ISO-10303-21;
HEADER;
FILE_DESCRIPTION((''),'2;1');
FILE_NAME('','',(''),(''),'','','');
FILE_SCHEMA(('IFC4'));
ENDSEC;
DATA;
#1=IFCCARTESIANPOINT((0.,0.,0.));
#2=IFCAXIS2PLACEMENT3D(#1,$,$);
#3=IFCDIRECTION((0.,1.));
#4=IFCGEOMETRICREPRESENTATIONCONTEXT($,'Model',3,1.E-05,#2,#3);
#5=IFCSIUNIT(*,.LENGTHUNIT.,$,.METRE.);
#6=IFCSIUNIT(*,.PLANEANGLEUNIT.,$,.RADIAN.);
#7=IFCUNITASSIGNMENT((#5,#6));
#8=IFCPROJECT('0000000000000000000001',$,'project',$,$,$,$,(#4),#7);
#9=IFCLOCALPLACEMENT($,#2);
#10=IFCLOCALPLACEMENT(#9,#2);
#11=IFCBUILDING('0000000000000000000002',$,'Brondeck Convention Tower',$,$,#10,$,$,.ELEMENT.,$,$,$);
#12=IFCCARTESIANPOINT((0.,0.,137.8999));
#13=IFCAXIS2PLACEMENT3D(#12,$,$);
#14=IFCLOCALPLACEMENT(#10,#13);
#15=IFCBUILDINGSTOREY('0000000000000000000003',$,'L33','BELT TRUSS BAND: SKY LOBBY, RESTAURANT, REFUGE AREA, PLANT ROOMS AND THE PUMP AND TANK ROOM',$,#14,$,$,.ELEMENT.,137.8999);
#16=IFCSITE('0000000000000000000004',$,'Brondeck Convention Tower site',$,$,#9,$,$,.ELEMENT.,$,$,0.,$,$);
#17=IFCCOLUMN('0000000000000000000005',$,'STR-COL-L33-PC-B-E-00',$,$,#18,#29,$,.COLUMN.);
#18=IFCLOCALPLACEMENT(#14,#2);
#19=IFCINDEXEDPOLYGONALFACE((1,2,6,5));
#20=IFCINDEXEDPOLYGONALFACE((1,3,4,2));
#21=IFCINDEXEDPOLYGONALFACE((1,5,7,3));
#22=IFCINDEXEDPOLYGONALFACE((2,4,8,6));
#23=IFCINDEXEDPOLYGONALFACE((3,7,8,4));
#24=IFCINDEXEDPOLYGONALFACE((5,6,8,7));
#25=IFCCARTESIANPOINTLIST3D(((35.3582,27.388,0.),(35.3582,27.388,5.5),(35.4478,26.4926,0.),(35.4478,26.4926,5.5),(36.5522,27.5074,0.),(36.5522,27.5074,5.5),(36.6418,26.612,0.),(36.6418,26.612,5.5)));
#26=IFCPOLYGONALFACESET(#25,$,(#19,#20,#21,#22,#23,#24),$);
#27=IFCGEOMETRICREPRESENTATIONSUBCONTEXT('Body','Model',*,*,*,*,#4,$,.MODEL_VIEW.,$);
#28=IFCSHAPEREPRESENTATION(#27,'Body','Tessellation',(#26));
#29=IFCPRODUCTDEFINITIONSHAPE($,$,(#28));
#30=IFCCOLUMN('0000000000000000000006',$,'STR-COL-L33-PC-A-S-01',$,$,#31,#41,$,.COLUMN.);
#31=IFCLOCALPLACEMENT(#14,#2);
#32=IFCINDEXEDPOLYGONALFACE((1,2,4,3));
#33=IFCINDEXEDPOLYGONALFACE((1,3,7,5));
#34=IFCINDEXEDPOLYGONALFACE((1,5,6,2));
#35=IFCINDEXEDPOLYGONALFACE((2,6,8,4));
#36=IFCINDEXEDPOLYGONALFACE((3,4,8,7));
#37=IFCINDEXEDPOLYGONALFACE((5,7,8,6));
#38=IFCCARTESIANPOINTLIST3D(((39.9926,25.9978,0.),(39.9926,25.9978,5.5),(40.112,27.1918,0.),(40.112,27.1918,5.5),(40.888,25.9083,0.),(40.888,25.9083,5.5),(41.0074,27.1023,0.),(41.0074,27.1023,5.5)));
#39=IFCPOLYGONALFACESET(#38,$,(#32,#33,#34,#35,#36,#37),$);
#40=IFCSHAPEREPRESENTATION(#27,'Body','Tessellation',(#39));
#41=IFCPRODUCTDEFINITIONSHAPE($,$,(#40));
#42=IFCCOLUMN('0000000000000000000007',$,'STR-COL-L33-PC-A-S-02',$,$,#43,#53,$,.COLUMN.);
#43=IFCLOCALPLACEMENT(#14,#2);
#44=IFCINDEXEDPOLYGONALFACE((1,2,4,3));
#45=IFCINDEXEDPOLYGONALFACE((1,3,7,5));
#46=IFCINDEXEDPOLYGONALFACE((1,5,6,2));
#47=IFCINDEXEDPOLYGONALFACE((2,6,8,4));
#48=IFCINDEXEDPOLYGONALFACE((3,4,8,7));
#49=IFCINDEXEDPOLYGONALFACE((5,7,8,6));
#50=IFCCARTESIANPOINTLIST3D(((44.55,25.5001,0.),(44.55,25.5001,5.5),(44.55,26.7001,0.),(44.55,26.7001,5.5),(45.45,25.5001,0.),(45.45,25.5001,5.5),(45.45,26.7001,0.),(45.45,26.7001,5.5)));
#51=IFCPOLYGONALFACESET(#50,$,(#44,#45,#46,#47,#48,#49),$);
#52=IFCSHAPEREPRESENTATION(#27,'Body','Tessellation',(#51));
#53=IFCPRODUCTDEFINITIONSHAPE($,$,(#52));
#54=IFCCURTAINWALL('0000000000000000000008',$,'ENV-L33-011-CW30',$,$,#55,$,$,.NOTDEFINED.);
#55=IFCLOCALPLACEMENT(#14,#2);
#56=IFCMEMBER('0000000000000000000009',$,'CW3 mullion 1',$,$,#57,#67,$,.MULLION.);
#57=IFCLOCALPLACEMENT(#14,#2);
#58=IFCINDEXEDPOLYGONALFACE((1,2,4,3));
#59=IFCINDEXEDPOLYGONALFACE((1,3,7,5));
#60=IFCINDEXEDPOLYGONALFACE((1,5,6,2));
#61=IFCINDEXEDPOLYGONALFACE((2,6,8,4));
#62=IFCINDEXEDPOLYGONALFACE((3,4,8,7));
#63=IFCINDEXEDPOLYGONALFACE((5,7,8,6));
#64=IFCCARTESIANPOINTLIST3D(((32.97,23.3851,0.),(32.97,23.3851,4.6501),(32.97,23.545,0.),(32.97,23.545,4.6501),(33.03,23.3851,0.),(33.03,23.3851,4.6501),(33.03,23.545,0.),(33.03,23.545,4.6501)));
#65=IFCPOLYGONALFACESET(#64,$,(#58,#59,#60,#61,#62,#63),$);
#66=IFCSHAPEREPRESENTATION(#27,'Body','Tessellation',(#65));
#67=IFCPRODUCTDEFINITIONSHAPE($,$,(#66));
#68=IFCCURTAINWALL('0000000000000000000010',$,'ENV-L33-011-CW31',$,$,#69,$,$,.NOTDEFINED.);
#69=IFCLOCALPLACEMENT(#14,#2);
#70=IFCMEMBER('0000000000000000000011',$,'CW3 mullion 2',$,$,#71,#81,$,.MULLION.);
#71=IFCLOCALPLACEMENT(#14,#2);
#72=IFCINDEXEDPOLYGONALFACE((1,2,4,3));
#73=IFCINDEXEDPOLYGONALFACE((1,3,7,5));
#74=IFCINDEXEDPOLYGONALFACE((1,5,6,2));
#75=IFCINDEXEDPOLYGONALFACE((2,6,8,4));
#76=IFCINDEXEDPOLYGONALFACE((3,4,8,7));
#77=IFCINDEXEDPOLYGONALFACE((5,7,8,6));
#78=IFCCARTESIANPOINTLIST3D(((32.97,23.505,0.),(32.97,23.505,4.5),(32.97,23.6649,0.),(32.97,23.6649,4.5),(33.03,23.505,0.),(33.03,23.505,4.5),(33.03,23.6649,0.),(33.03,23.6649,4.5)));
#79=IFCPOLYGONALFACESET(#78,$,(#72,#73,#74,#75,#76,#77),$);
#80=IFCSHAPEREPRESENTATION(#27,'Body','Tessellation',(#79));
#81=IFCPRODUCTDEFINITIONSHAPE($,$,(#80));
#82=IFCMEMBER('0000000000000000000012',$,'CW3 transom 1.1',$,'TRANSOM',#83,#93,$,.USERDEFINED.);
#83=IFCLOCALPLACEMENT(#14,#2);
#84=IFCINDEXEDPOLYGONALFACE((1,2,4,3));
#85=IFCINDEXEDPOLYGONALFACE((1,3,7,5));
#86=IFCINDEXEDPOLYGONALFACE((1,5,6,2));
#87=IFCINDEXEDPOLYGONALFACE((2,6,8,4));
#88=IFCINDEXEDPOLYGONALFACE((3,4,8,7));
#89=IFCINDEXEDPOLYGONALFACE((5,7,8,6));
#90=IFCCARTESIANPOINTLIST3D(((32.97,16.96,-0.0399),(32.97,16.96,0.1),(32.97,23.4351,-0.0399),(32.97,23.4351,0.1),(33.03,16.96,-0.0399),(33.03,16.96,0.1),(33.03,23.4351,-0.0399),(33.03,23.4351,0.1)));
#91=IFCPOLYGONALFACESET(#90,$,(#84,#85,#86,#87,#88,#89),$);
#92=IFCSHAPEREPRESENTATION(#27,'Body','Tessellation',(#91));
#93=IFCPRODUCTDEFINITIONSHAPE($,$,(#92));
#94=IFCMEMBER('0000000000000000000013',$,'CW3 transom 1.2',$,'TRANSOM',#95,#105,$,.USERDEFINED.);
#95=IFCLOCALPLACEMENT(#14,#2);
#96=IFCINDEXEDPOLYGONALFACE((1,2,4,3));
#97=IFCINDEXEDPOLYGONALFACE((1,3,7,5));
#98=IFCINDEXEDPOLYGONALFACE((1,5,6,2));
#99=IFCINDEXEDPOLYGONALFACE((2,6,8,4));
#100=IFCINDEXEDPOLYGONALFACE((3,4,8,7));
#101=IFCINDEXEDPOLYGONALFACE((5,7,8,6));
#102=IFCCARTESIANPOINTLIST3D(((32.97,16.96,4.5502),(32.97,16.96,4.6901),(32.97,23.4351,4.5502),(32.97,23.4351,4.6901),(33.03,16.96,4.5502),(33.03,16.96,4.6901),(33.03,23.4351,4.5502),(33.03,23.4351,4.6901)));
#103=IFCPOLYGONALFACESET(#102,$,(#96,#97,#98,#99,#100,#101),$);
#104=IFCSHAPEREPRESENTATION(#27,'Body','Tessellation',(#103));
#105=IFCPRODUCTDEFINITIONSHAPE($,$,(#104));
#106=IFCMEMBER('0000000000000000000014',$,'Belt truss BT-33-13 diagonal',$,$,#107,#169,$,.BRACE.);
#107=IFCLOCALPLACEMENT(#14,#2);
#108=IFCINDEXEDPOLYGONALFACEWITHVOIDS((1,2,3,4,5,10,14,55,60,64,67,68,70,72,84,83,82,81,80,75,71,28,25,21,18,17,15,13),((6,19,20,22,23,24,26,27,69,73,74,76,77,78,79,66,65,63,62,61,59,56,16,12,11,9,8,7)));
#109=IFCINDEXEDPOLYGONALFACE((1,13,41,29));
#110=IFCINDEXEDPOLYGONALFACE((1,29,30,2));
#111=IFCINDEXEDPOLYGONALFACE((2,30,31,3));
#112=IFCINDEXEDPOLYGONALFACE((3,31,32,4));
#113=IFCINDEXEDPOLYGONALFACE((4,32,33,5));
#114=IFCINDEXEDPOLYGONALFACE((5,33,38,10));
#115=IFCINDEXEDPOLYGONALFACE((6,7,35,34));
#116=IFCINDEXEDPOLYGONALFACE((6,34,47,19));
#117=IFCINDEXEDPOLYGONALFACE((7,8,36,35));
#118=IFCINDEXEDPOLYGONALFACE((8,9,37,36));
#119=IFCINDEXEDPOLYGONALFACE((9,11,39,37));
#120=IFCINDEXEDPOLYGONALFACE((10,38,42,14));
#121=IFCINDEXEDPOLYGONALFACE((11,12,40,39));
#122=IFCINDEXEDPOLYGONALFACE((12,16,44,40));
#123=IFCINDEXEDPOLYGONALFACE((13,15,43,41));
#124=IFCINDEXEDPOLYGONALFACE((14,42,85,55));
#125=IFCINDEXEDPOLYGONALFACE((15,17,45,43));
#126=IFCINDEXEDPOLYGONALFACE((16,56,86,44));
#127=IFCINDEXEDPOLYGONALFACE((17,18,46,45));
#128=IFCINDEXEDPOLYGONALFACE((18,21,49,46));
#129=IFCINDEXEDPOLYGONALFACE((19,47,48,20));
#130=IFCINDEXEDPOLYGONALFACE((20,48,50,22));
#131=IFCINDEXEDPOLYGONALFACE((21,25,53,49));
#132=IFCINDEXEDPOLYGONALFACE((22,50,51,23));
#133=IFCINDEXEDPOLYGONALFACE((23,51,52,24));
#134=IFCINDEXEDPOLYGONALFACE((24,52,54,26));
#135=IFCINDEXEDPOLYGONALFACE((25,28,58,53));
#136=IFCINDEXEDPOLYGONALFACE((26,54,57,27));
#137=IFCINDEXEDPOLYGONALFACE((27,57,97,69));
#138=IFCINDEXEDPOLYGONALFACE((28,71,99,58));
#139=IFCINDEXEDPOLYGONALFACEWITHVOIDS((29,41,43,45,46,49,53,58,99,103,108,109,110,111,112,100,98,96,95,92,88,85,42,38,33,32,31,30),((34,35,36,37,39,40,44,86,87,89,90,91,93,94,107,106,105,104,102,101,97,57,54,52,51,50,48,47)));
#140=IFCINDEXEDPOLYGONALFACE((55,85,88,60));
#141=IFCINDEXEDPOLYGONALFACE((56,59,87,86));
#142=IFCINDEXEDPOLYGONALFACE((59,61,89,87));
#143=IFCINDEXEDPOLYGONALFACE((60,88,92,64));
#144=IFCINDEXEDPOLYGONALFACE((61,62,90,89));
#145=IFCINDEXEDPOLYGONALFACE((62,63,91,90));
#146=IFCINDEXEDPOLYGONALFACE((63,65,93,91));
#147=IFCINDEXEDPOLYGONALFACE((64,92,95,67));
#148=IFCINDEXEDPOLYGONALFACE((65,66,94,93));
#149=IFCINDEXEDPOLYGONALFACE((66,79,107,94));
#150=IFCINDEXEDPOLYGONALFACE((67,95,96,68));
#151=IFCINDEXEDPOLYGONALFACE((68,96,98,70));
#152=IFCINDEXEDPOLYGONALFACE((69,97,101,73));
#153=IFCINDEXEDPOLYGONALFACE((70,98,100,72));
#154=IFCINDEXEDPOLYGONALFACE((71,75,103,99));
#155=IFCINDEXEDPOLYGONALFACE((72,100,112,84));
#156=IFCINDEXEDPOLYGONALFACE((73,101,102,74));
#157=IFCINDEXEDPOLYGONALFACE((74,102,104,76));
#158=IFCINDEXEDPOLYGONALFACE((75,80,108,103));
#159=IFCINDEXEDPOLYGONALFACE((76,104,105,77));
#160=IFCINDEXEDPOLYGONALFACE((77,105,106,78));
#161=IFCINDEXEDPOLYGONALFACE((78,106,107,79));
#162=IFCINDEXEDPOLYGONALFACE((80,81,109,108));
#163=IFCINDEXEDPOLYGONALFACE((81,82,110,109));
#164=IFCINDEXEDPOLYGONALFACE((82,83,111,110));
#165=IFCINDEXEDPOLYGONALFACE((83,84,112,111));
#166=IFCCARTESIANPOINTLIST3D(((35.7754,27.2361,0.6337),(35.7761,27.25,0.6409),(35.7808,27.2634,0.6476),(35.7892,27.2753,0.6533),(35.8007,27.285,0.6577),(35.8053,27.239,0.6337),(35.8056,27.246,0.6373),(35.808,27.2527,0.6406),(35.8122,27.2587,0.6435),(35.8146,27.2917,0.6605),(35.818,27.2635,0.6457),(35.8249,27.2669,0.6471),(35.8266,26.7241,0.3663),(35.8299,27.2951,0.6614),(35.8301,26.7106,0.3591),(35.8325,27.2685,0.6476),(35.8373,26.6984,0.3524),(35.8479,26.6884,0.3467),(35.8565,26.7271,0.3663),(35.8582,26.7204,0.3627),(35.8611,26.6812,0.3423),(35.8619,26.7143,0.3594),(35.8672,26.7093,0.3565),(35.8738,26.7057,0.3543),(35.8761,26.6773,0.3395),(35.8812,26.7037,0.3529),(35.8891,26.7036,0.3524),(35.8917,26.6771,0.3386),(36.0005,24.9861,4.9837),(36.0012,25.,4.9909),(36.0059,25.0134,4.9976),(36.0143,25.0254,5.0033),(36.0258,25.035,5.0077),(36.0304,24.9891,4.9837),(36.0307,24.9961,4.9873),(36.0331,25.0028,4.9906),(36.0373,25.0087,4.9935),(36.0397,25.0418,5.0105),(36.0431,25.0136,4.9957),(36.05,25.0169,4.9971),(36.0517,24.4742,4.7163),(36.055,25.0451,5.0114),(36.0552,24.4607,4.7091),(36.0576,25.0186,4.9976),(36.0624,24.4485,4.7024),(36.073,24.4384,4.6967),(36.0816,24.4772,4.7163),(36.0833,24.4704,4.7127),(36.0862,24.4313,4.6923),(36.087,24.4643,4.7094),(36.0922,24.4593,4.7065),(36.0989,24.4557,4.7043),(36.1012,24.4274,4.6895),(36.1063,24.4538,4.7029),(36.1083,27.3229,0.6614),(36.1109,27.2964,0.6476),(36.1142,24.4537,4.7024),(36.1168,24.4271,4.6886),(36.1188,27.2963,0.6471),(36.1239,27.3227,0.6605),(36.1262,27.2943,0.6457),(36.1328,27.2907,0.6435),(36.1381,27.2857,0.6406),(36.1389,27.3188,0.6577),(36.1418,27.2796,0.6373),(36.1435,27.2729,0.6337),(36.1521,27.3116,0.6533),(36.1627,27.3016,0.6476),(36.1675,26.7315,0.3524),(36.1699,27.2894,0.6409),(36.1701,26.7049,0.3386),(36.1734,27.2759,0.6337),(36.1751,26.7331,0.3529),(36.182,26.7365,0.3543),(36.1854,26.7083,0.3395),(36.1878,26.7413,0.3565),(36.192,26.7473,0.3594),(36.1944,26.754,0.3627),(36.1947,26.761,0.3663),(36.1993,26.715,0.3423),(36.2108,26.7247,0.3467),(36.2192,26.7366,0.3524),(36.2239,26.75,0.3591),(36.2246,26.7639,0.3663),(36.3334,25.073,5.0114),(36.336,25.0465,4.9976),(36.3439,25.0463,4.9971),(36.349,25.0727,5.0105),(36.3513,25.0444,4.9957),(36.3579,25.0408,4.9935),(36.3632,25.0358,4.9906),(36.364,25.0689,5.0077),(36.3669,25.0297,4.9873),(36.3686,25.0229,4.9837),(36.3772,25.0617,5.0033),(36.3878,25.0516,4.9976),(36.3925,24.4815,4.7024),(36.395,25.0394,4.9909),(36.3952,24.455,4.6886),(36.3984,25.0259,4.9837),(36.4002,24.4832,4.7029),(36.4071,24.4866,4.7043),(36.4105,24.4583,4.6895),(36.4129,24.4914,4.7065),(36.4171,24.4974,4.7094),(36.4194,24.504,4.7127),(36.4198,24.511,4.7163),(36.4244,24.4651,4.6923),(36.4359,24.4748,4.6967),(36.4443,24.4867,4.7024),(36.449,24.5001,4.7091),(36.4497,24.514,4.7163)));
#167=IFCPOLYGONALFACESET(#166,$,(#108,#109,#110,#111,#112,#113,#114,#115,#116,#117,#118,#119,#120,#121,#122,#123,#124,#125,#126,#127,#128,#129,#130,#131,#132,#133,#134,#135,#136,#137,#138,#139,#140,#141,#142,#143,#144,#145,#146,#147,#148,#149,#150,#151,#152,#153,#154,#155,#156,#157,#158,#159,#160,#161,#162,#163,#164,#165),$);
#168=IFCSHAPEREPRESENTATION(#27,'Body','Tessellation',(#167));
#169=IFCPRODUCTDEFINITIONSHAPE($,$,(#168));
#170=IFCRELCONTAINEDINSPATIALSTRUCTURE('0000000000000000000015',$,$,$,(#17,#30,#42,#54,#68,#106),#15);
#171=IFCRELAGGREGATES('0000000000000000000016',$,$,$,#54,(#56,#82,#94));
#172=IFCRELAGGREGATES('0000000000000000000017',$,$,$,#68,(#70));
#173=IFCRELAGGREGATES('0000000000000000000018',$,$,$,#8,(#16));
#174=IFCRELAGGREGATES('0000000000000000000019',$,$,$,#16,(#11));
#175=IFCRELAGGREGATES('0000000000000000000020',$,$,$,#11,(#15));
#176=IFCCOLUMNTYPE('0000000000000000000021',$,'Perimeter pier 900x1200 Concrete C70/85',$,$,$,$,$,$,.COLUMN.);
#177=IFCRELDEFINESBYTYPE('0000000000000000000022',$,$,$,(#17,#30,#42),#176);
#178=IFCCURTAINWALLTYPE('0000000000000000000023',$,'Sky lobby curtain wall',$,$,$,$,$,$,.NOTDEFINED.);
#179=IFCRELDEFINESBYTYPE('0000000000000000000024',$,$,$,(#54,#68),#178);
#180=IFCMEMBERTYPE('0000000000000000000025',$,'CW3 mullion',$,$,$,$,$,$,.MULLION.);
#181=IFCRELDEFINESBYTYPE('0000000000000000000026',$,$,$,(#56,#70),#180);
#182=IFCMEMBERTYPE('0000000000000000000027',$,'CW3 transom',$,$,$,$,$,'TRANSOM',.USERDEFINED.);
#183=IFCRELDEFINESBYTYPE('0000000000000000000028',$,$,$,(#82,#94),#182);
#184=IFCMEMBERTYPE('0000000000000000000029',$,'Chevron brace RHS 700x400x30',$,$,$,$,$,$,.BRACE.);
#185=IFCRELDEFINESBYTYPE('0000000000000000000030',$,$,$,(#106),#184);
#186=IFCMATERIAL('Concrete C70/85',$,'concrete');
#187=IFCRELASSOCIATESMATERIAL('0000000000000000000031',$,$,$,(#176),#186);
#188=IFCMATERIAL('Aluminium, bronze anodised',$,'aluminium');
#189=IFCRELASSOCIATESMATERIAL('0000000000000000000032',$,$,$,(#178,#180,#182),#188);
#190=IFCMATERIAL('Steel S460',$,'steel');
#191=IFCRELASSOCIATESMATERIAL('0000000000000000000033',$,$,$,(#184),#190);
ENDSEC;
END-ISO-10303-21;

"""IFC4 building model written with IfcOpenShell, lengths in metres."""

from ifc_helpers import new_model, si_unit, direction, frame, origin, origin_2d, place, context, subcontext, project, spatial, rectangle, hollow_rectangle, extrude, material, material_profile, profile_set, type_object, element, aggregate, save


model = new_model("IFC4")

# Units and contexts
model_context = context("Model", 3, precision=1e-05, world=origin(), true_north=direction((0.0, 1.0)))
body_context = subcontext(model_context, "Body", "Model", "MODEL_VIEW")
ifc_project = project(units=[si_unit("LENGTHUNIT", "METRE"), si_unit("PLANEANGLEUNIT", "RADIAN")], contexts=[model_context])

# Site, building, storey
site_placement = place(None, origin())
site = spatial("IfcSite", under=ifc_project, at=site_placement, Name="Brondeck Convention Tower site", CompositionType="ELEMENT", RefElevation=0.0)
building_placement = place(site_placement, origin())
building = spatial("IfcBuilding", under=site, at=building_placement, Name="Brondeck Convention Tower", CompositionType="ELEMENT")
storey_placement = place(building_placement, frame((0.0, 0.0, 137.8999)))
storey = spatial("IfcBuildingStorey", under=building, at=storey_placement, Name="L33", Description="BELT TRUSS BAND: SKY LOBBY, RESTAURANT, REFUGE AREA, PLANT ROOMS AND THE PUMP AND TANK ROOM", CompositionType="ELEMENT", Elevation=137.8999)

# Columns
ifc_material_1 = material(Name="Concrete C70/85", Category="concrete")
ifc_material_profile_1 = material_profile(ifc_material_1, rectangle(XDim=0.8999, YDim=1.2, at=origin_2d()), Name="Perimeter pier 900x1200 Concrete C70/85")
ifc_profile_set_1 = profile_set([ifc_material_profile_1], Name="Concrete C70/85")
column_type = type_object("IfcColumnType", Name="Perimeter pier 900x1200 Concrete C70/85", PredefinedType="COLUMN", material=ifc_profile_set_1)
for number, where, z_axis, x_axis, name in (
    (1, (36.0, 27.0, 0.0), (0.0, 0.0, 1.0), (-0.099504, 0.995037, 0.0), "STR-COL-L33-PC-B-E-00"),
    (2, (40.5, 26.55, 0.0), (0.0, 0.0, 1.0), (0.995037, -0.099504, 0.0), "STR-COL-L33-PC-A-S-01"),
    (3, (45.0, 26.1001, 0.0), (0.0, 0.0, 1.0), (1.0, 0.0, 0.0), "STR-COL-L33-PC-A-S-02"),
):
    element("IfcColumn", number, at=place(storey_placement, frame(where, z_axis=z_axis, x_axis=x_axis)), inside=storey, type_object=column_type, Name=name, PredefinedType="COLUMN", context=body_context, shape_type="SweptSolid", body=[
        extrude(rectangle(XDim=0.8999, YDim=1.2, at=origin_2d()), origin(), (0.0, 0.0, 1.0), 5.5),
    ])

# Curtain walls, members
ifc_material_2 = material(Name="Aluminium, bronze anodised", Category="aluminium")
curtain_wall_type = type_object("IfcCurtainWallType", Name="Sky lobby curtain wall", PredefinedType="NOTDEFINED", material=ifc_material_2)
curtain_wall_1_placement = place(storey_placement, origin())
curtain_wall_1 = element("IfcCurtainWall", 4, at=curtain_wall_1_placement, inside=storey, type_object=curtain_wall_type, Name="ENV-L33-011-CW30", PredefinedType="NOTDEFINED")
ifc_material_profile_2 = material_profile(ifc_material_2, rectangle(XDim=0.0601, YDim=0.1599, at=origin_2d()), Name="CW3 mullion")
ifc_profile_set_2 = profile_set([ifc_material_profile_2], Name="Aluminium, bronze anodised")
member_type_1 = type_object("IfcMemberType", Name="CW3 mullion", PredefinedType="MULLION", material=ifc_profile_set_2)
member_1_placement = place(storey_placement, frame((33.0, 23.4651, 0.0), z_axis=(0.0, 0.0, 1.0), x_axis=(1.0, 0.0, 0.0)))
member_1 = element("IfcMember", 5, at=member_1_placement, type_object=member_type_1, Name="CW3 mullion 1", PredefinedType="MULLION", context=body_context, shape_type="SweptSolid", body=[
    extrude(rectangle(XDim=0.0601, YDim=0.1599, at=origin_2d()), origin(), (0.0, 0.0, 1.0), 4.6501),
])
curtain_wall_2_placement = place(storey_placement, origin())
curtain_wall_2 = element("IfcCurtainWall", 6, at=curtain_wall_2_placement, inside=storey, type_object=curtain_wall_type, Name="ENV-L33-011-CW31", PredefinedType="NOTDEFINED")
member_2_placement = place(storey_placement, frame((33.0, 23.585, 0.0), z_axis=(0.0, 0.0, 1.0), x_axis=(1.0, 0.0, 0.0)))
member_2 = element("IfcMember", 7, at=member_2_placement, type_object=member_type_1, Name="CW3 mullion 2", PredefinedType="MULLION", context=body_context, shape_type="SweptSolid", body=[
    extrude(rectangle(XDim=0.0601, YDim=0.1599, at=origin_2d()), origin(), (0.0, 0.0, 1.0), 4.5),
])

# Members
ifc_material_profile_3 = material_profile(ifc_material_2, rectangle(XDim=0.0601, YDim=0.1399, at=origin_2d()), Name="CW3 transom")
ifc_profile_set_3 = profile_set([ifc_material_profile_3], Name="Aluminium, bronze anodised")
member_type_2 = type_object("IfcMemberType", Name="CW3 transom", ElementType="TRANSOM", PredefinedType="USERDEFINED", material=ifc_profile_set_3)
member_3_placement = place(storey_placement, frame((33.0, 23.4351, 0.03), z_axis=(0.0, -1.0, 0.0), x_axis=(1.0, 0.0, 0.0)))
member_3 = element("IfcMember", 8, at=member_3_placement, type_object=member_type_2, Name="CW3 transom 1.1", ObjectType="TRANSOM", PredefinedType="USERDEFINED", context=body_context, shape_type="SweptSolid", body=[
    extrude(rectangle(XDim=0.0601, YDim=0.1399, at=origin_2d()), origin(), (0.0, 0.0, 1.0), 6.4751),
])
member_4_placement = place(storey_placement, frame((33.0, 23.4351, 4.6201), z_axis=(0.0, -1.0, 0.0), x_axis=(1.0, 0.0, 0.0)))
member_4 = element("IfcMember", 9, at=member_4_placement, type_object=member_type_2, Name="CW3 transom 1.2", ObjectType="TRANSOM", PredefinedType="USERDEFINED", context=body_context, shape_type="SweptSolid", body=[
    extrude(rectangle(XDim=0.0601, YDim=0.1399, at=origin_2d()), origin(), (0.0, 0.0, 1.0), 6.4751),
])
aggregate(curtain_wall_1, [member_1, member_3, member_4])

# Member
ifc_material_3 = material(Name="Steel S460", Category="steel")
ifc_material_profile_4 = material_profile(ifc_material_3, hollow_rectangle(XDim=0.3999, YDim=0.7, WallThickness=0.03, InnerFilletRadius=0.03, OuterFilletRadius=0.0601, at=origin_2d()), Name="RHS 700x400x30")
ifc_profile_set_4 = profile_set([ifc_material_profile_4], Name="Steel S460")
member_type_3 = type_object("IfcMemberType", Name="Chevron brace RHS 700x400x30", PredefinedType="BRACE", material=ifc_profile_set_4)
for number, where, z_axis, x_axis, name in (
    (10, (36.0, 27.0, 0.5), (0.045913, -0.45893, 0.887285), (0.995033, 0.099546, 0.0), "Belt truss BT-33-13 diagonal"),
):
    element("IfcMember", number, at=place(storey_placement, frame(where, z_axis=z_axis, x_axis=x_axis)), inside=storey, type_object=member_type_3, Name=name, PredefinedType="BRACE", context=body_context, shape_type="SweptSolid", body=[
        extrude(hollow_rectangle(XDim=0.3999, YDim=0.7, WallThickness=0.03, InnerFilletRadius=0.03, OuterFilletRadius=0.0601, at=origin_2d()), origin(), (0.0, 0.0, 1.0), 4.9026),
    ])

aggregate(curtain_wall_2, [member_2])

save(model, "model.ifc")
